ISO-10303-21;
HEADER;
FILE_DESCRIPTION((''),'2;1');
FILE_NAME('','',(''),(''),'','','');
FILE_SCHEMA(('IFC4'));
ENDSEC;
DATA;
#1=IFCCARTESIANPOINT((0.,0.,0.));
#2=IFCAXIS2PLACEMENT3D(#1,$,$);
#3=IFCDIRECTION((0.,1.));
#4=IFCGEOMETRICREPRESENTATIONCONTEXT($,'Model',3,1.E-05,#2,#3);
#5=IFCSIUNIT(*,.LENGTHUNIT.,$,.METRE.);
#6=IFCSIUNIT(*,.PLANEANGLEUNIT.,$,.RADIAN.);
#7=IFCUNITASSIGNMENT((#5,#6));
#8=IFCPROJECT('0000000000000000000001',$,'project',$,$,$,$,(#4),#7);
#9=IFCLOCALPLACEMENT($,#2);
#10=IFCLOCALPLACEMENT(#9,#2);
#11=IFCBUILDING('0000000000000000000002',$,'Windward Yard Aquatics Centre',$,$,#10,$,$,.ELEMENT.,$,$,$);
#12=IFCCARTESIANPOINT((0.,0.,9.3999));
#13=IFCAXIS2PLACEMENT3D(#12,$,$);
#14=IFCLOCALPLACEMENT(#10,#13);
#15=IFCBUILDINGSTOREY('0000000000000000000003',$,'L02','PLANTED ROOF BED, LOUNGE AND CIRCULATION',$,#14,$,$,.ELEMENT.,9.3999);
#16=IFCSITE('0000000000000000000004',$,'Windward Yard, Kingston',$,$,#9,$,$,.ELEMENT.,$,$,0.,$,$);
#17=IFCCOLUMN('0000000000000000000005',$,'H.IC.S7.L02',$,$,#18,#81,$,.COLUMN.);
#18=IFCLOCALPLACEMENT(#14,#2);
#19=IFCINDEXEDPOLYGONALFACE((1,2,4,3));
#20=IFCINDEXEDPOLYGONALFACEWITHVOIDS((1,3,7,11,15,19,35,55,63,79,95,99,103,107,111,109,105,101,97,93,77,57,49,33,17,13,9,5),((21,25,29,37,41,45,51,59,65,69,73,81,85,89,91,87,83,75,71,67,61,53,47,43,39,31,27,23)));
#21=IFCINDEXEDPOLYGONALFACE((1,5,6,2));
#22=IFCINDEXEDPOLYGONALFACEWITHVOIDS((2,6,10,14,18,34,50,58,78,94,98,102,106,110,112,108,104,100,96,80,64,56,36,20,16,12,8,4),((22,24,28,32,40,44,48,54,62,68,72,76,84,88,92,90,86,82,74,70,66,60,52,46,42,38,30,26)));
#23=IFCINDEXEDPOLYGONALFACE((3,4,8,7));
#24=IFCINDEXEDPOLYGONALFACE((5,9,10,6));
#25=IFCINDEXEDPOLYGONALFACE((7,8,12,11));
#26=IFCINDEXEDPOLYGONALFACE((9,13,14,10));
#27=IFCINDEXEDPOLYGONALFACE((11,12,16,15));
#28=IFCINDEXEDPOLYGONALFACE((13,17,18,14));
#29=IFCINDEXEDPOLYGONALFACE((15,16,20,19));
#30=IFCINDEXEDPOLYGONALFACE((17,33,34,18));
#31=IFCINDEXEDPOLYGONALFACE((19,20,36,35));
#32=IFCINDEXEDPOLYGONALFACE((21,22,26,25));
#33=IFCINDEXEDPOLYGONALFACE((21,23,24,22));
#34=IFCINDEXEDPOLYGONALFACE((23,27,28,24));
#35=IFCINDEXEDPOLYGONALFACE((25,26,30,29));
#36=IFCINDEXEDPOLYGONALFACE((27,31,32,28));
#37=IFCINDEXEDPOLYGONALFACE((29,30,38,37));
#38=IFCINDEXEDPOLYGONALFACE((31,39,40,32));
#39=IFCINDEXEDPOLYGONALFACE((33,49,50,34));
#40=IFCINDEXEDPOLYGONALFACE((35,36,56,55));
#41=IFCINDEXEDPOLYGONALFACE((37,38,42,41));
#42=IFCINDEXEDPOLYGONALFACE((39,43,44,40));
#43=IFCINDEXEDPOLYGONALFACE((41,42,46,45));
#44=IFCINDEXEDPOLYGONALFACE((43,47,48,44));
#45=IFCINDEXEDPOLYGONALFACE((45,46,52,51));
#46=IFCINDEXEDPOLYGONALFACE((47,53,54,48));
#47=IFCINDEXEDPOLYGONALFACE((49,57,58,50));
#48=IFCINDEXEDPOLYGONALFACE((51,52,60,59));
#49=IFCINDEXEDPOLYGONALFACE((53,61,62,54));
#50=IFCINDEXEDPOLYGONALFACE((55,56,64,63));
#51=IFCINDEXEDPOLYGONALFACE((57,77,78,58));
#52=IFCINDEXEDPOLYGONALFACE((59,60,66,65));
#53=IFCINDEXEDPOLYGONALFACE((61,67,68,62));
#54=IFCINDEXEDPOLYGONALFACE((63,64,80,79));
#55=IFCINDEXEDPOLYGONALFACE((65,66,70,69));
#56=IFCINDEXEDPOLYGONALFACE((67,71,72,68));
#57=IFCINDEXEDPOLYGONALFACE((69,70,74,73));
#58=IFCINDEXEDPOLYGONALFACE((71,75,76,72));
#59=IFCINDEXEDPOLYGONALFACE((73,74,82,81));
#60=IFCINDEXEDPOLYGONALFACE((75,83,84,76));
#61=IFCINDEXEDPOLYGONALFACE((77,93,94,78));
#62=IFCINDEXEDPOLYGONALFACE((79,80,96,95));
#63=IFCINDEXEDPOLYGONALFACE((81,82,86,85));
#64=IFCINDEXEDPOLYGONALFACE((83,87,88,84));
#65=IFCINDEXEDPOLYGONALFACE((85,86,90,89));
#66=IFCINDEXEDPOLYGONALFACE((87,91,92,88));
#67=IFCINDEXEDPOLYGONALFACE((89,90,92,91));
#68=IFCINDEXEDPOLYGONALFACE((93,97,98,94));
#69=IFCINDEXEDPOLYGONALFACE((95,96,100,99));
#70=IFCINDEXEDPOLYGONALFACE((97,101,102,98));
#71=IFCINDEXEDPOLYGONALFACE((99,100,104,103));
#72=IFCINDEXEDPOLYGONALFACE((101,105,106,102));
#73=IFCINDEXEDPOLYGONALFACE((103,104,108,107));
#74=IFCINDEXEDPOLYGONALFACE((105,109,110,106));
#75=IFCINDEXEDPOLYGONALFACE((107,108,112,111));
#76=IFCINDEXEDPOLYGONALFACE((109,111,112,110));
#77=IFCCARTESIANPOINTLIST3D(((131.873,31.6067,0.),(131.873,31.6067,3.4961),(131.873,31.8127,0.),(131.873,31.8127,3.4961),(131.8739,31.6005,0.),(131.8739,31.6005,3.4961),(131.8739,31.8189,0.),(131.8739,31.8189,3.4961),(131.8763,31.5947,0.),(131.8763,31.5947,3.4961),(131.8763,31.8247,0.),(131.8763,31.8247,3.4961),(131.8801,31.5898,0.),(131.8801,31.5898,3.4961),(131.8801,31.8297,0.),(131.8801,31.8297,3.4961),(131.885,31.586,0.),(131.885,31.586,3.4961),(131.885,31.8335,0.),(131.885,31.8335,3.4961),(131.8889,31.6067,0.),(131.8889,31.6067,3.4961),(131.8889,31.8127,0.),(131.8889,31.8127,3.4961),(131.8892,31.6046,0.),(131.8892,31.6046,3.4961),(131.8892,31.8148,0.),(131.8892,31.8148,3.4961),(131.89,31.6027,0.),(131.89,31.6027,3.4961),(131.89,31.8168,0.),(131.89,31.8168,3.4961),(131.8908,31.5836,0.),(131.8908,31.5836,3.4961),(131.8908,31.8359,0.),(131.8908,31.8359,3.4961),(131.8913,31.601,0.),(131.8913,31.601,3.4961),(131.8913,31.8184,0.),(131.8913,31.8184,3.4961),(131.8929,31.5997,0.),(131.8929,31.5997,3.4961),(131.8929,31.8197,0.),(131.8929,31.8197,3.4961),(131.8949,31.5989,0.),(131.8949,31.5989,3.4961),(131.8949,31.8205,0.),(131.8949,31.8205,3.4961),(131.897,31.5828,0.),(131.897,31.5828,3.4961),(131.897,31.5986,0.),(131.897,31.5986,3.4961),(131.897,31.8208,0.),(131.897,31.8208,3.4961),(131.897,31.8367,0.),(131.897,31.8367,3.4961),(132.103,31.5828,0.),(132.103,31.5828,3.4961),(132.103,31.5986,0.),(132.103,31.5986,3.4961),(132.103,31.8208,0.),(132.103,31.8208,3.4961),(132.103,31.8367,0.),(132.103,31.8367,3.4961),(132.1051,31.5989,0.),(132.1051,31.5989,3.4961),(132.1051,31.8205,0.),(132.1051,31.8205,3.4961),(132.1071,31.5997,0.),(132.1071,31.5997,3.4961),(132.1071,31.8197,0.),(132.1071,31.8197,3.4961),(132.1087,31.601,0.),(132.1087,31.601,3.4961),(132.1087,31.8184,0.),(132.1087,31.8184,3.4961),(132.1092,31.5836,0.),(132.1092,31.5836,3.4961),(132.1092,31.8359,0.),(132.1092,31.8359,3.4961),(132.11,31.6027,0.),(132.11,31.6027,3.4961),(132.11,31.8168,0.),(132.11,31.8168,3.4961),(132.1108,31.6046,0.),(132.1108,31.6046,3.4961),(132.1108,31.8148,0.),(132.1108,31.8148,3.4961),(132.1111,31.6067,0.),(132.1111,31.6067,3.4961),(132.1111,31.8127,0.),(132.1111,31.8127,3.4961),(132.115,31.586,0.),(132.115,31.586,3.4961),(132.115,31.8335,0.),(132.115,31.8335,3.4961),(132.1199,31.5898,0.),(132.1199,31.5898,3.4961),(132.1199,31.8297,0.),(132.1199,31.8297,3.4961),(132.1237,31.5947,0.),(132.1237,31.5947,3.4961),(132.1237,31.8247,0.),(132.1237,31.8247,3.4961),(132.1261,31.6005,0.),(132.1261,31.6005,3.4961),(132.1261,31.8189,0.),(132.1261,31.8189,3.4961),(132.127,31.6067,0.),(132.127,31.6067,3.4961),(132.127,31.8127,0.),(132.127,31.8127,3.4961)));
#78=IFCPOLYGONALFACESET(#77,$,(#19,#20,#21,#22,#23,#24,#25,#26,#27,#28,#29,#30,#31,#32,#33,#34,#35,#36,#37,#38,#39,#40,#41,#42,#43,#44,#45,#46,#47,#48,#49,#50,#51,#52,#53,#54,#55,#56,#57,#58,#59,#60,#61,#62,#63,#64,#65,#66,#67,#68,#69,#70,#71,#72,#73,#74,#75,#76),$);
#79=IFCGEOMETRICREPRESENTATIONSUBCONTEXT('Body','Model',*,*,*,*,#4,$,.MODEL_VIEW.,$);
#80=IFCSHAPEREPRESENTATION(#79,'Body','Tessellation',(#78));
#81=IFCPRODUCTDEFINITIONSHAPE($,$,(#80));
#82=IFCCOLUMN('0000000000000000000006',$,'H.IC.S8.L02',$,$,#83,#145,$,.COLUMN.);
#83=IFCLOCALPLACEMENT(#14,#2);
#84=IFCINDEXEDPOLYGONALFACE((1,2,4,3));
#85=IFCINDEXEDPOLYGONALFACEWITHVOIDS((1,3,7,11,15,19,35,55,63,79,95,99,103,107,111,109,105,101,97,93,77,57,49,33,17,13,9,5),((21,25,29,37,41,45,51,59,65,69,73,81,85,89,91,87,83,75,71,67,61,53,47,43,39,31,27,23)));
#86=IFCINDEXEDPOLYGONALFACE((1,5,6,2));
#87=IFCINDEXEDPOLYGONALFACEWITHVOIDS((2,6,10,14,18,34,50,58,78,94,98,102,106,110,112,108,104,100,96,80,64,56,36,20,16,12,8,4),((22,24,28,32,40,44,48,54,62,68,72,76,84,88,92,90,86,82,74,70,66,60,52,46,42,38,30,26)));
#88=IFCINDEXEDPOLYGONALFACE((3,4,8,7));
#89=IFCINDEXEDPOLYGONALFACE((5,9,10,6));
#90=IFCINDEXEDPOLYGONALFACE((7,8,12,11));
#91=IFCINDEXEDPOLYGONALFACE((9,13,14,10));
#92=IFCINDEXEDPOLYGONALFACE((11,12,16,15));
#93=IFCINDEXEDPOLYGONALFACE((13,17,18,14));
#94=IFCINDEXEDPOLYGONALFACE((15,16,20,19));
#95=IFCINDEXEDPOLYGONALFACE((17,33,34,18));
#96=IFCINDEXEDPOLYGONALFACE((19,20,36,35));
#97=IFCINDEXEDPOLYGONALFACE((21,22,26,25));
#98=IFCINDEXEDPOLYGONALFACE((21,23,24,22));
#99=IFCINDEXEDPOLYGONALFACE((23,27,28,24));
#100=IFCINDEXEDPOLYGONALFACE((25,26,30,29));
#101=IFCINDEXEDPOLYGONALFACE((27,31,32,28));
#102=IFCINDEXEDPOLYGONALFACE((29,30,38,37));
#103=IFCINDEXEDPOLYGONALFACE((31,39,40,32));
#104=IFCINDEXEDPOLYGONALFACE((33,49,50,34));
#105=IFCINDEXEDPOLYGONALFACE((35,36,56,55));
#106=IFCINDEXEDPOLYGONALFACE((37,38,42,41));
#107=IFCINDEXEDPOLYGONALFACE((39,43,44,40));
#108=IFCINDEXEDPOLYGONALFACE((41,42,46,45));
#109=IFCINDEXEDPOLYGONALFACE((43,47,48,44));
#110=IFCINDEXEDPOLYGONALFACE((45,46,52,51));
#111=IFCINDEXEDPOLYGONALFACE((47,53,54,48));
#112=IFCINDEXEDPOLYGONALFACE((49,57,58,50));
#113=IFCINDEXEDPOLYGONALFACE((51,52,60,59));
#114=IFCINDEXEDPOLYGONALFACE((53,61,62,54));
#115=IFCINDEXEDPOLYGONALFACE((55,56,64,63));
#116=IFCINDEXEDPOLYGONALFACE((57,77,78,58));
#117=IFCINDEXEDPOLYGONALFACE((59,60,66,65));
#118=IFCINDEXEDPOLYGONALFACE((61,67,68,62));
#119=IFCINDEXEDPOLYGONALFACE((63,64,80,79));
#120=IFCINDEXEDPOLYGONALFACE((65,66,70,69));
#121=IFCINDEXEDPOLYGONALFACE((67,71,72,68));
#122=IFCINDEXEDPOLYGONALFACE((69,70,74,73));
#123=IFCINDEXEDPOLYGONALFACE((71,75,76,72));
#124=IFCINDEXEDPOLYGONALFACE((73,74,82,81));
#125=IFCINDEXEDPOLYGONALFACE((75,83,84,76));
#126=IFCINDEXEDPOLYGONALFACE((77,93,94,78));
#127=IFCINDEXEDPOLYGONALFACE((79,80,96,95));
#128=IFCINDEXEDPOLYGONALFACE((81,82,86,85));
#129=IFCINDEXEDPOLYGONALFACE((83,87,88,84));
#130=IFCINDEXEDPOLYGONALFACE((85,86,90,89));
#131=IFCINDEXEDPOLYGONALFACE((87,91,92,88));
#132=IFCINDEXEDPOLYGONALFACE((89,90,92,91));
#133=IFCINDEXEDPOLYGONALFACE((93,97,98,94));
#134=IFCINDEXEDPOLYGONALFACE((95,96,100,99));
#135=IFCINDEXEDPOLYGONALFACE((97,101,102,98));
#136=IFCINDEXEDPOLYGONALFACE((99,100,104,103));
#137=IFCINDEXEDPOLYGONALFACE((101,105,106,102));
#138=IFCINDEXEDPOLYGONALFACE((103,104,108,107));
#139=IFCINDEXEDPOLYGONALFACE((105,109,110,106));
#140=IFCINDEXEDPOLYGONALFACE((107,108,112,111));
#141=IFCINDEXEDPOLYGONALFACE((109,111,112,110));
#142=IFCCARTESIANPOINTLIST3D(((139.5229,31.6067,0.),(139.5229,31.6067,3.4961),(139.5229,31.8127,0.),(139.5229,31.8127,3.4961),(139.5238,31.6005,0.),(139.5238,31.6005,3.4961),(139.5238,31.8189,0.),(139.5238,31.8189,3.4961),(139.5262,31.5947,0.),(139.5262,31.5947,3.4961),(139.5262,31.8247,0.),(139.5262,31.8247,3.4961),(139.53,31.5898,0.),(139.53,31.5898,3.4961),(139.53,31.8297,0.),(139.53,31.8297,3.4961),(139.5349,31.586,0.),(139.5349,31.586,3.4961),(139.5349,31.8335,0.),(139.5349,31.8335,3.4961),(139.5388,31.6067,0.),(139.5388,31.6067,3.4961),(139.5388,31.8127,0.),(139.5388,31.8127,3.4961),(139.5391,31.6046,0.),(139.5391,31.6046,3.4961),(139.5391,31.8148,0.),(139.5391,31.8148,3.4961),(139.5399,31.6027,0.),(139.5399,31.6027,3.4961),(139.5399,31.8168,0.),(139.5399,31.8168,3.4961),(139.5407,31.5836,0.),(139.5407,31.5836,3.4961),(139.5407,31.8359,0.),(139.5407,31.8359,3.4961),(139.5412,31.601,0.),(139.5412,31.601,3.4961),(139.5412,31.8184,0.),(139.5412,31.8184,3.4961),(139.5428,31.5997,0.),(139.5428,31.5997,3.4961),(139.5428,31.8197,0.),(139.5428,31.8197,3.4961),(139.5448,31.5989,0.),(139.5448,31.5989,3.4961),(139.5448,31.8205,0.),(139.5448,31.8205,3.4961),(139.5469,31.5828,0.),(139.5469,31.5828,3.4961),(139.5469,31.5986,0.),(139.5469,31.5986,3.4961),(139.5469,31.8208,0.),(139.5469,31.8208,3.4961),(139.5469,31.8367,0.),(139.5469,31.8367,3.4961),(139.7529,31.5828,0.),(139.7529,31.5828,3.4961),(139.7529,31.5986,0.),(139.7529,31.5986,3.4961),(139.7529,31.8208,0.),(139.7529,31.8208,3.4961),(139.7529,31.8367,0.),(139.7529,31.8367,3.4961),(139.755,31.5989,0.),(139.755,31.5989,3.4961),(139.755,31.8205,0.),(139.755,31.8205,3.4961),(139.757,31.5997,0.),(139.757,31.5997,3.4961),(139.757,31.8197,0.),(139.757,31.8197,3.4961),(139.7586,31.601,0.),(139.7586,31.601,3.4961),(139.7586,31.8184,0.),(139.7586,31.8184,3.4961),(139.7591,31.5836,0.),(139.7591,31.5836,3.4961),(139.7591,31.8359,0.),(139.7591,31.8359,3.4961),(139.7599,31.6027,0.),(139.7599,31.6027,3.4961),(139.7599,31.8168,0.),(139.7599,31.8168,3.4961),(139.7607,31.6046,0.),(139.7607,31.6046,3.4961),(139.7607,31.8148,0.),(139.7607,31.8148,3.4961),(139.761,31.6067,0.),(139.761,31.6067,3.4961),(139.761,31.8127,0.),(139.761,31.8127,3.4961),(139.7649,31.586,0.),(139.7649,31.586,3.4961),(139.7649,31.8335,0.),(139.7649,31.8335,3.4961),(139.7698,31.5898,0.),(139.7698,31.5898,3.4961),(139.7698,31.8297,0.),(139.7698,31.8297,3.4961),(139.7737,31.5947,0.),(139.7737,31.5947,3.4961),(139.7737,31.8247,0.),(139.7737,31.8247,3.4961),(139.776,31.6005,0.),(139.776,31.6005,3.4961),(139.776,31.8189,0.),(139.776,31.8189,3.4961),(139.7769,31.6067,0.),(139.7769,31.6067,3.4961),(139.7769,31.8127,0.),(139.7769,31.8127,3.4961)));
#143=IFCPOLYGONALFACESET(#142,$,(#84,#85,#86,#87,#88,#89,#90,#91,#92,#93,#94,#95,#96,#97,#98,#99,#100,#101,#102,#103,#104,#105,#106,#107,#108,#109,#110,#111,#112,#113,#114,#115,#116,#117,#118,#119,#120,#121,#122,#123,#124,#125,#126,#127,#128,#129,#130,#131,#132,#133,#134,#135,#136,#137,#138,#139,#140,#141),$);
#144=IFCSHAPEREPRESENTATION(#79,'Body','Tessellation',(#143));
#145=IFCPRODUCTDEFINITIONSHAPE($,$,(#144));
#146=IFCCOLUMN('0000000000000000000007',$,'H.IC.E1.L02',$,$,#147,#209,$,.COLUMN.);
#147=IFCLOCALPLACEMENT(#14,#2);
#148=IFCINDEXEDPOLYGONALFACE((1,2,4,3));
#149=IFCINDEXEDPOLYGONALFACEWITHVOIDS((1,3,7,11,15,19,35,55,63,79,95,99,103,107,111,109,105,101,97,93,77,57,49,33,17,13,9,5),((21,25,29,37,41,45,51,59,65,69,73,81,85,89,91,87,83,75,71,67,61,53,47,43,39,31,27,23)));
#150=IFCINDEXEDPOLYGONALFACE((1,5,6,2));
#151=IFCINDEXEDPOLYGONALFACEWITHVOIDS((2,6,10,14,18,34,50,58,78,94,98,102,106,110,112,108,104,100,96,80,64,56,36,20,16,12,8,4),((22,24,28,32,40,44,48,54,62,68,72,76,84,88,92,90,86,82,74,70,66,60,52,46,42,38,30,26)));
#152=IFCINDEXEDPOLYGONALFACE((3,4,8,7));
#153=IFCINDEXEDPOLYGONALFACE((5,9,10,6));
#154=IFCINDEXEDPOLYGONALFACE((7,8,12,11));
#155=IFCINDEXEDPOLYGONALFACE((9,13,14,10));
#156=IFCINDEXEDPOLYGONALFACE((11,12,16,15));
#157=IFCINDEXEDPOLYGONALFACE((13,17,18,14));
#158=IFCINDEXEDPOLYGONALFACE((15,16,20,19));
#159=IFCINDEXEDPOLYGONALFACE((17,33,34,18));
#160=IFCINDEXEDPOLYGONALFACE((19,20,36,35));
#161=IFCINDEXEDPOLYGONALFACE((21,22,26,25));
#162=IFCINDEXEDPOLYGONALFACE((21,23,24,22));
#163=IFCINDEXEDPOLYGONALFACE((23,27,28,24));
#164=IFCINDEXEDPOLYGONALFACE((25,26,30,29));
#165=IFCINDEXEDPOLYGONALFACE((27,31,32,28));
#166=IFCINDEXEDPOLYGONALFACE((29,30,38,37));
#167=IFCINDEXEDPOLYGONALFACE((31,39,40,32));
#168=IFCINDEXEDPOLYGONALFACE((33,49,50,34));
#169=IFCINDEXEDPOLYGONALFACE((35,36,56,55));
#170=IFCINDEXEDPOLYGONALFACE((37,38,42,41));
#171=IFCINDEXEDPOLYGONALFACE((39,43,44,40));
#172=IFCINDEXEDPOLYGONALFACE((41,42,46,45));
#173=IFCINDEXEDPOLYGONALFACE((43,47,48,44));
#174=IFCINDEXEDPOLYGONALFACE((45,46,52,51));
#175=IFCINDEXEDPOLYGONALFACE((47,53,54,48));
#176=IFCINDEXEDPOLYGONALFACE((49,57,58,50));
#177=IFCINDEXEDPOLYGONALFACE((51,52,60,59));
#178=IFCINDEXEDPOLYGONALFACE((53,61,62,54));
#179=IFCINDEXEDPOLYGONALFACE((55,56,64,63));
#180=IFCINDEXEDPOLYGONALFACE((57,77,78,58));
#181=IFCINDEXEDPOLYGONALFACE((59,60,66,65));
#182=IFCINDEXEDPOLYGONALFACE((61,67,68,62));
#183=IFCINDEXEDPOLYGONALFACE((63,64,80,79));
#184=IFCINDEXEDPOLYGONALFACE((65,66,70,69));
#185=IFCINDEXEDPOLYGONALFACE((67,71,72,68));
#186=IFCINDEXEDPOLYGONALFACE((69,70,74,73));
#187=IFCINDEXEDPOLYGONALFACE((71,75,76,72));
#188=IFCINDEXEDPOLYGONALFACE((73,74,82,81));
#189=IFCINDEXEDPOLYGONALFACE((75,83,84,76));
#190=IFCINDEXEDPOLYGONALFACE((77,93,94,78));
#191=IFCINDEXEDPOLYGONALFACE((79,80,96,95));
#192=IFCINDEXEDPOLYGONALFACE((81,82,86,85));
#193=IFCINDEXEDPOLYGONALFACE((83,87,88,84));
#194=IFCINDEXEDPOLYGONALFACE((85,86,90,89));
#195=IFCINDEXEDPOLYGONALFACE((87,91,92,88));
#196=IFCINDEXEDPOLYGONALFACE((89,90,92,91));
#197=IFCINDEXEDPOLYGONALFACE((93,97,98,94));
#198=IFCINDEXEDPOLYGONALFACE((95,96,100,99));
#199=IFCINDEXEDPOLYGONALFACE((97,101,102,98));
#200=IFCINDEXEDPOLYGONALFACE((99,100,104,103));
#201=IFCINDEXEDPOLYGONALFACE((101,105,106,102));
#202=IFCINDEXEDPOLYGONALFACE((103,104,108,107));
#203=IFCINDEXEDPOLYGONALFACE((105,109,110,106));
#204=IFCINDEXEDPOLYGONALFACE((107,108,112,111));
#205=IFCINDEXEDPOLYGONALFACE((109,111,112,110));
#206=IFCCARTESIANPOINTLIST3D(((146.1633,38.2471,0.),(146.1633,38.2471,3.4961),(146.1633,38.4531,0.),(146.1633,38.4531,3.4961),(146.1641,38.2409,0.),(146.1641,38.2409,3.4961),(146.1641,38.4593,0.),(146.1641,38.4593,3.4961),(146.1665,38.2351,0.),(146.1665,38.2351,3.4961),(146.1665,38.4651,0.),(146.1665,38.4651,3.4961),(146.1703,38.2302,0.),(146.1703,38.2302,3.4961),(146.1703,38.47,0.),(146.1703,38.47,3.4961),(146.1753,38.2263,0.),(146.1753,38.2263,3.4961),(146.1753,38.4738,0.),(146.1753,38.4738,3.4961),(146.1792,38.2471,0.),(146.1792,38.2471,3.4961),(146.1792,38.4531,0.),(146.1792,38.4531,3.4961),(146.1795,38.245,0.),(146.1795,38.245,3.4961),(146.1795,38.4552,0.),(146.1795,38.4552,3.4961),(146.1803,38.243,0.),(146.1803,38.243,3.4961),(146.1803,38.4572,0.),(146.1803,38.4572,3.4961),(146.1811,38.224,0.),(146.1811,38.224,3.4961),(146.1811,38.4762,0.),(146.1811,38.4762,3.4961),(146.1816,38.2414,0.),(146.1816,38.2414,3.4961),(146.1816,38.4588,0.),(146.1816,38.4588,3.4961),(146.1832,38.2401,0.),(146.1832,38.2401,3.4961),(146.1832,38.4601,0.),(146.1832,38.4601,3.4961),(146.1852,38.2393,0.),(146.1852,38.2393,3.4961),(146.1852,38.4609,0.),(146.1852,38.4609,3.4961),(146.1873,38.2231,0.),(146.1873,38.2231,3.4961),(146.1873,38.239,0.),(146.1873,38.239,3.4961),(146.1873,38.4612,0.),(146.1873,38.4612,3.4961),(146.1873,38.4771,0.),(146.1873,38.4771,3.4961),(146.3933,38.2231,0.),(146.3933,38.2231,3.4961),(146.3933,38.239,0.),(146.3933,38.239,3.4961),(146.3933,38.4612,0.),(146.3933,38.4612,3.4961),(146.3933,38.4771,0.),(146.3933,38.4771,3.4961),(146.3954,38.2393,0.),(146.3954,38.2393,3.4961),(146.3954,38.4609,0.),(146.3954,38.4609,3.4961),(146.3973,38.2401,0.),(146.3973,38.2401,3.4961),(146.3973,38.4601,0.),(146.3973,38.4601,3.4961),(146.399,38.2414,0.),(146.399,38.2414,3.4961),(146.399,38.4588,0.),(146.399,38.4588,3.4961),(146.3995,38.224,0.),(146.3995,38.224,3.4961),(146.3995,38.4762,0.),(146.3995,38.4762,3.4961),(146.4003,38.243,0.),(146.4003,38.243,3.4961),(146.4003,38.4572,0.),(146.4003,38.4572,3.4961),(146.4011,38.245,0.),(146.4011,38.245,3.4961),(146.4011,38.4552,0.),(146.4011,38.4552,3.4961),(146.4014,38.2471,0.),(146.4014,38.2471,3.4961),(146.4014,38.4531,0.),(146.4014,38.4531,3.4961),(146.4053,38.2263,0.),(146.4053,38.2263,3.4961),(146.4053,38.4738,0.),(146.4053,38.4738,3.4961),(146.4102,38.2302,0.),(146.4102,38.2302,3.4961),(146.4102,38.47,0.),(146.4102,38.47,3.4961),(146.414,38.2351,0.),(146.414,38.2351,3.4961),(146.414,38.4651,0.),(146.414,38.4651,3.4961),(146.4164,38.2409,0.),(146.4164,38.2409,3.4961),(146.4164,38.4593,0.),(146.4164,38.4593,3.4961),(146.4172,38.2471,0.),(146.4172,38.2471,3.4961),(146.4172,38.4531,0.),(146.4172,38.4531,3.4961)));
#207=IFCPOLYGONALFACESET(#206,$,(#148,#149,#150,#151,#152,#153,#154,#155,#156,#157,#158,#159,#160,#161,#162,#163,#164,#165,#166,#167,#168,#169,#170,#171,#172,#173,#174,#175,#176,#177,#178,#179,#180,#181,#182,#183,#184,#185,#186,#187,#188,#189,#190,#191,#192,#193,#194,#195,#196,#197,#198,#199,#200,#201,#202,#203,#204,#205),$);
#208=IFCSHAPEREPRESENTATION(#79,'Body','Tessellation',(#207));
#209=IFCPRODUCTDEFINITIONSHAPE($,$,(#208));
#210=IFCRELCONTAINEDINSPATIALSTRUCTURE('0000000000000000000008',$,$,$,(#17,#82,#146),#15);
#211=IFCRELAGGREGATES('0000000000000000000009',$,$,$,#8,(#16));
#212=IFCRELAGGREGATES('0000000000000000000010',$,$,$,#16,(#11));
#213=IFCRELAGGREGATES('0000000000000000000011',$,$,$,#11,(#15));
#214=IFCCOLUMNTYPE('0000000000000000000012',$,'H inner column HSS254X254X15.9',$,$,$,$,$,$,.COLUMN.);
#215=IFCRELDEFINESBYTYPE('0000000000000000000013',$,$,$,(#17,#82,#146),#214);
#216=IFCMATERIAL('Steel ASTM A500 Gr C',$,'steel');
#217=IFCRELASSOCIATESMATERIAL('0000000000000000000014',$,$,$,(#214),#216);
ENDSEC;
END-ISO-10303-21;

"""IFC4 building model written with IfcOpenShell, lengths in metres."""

from ifc_helpers import new_model, si_unit, direction, frame, origin, origin_2d, place, context, subcontext, project, spatial, hollow_rectangle, extrude, material, material_profile, profile_set, type_object, element, save


model = new_model("IFC4")

# Units and contexts
model_context = context("Model", 3, precision=1e-05, world=origin(), true_north=direction((0.0, 1.0)))
body_context = subcontext(model_context, "Body", "Model", "MODEL_VIEW")
ifc_project = project(units=[si_unit("LENGTHUNIT", "METRE"), si_unit("PLANEANGLEUNIT", "RADIAN")], contexts=[model_context])

# Site, building, storey
site_placement = place(None, origin())
site = spatial("IfcSite", under=ifc_project, at=site_placement, Name="Windward Yard, Kingston", CompositionType="ELEMENT", RefElevation=0.0)
building_placement = place(site_placement, origin())
building = spatial("IfcBuilding", under=site, at=building_placement, Name="Windward Yard Aquatics Centre", CompositionType="ELEMENT")
storey_placement = place(building_placement, frame((0.0, 0.0, 9.3999)))
storey = spatial("IfcBuildingStorey", under=building, at=storey_placement, Name="L02", Description="PLANTED ROOF BED, LOUNGE AND CIRCULATION", CompositionType="ELEMENT", Elevation=9.3999)

# Columns
ifc_material_1 = material(Name="Steel ASTM A500 Gr C", Category="steel")
ifc_material_profile_1 = material_profile(ifc_material_1, hollow_rectangle(XDim=0.2539, YDim=0.2539, WallThickness=0.0159, InnerFilletRadius=0.0081, OuterFilletRadius=0.0239, at=origin_2d()), Name="HSS254X254X15.9")
ifc_profile_set_1 = profile_set([ifc_material_profile_1], Name="Steel ASTM A500 Gr C")
column_type = type_object("IfcColumnType", Name="H inner column HSS254X254X15.9", PredefinedType="COLUMN", material=ifc_profile_set_1)
for number, where, z_axis, x_axis, name in (
    (1, (132.0, 31.7097, 0.0), (0.0, 0.0, 1.0), (1.0, 0.0, 0.0), "H.IC.S7.L02"),
    (2, (139.6499, 31.7097, 0.0), (0.0, 0.0, 1.0), (1.0, 0.0, 0.0), "H.IC.S8.L02"),
    (3, (146.2903, 38.3501, 0.0), (0.0, 0.0, 1.0), (1.0, 0.0, 0.0), "H.IC.E1.L02"),
):
    element("IfcColumn", number, at=place(storey_placement, frame(where, z_axis=z_axis, x_axis=x_axis)), inside=storey, type_object=column_type, Name=name, PredefinedType="COLUMN", context=body_context, shape_type="SweptSolid", body=[
        extrude(hollow_rectangle(XDim=0.2539, YDim=0.2539, WallThickness=0.0159, InnerFilletRadius=0.0081, OuterFilletRadius=0.0239, at=origin_2d()), origin(), (0.0, 0.0, 1.0), 3.4961),
    ])

save(model, "model.ifc")
